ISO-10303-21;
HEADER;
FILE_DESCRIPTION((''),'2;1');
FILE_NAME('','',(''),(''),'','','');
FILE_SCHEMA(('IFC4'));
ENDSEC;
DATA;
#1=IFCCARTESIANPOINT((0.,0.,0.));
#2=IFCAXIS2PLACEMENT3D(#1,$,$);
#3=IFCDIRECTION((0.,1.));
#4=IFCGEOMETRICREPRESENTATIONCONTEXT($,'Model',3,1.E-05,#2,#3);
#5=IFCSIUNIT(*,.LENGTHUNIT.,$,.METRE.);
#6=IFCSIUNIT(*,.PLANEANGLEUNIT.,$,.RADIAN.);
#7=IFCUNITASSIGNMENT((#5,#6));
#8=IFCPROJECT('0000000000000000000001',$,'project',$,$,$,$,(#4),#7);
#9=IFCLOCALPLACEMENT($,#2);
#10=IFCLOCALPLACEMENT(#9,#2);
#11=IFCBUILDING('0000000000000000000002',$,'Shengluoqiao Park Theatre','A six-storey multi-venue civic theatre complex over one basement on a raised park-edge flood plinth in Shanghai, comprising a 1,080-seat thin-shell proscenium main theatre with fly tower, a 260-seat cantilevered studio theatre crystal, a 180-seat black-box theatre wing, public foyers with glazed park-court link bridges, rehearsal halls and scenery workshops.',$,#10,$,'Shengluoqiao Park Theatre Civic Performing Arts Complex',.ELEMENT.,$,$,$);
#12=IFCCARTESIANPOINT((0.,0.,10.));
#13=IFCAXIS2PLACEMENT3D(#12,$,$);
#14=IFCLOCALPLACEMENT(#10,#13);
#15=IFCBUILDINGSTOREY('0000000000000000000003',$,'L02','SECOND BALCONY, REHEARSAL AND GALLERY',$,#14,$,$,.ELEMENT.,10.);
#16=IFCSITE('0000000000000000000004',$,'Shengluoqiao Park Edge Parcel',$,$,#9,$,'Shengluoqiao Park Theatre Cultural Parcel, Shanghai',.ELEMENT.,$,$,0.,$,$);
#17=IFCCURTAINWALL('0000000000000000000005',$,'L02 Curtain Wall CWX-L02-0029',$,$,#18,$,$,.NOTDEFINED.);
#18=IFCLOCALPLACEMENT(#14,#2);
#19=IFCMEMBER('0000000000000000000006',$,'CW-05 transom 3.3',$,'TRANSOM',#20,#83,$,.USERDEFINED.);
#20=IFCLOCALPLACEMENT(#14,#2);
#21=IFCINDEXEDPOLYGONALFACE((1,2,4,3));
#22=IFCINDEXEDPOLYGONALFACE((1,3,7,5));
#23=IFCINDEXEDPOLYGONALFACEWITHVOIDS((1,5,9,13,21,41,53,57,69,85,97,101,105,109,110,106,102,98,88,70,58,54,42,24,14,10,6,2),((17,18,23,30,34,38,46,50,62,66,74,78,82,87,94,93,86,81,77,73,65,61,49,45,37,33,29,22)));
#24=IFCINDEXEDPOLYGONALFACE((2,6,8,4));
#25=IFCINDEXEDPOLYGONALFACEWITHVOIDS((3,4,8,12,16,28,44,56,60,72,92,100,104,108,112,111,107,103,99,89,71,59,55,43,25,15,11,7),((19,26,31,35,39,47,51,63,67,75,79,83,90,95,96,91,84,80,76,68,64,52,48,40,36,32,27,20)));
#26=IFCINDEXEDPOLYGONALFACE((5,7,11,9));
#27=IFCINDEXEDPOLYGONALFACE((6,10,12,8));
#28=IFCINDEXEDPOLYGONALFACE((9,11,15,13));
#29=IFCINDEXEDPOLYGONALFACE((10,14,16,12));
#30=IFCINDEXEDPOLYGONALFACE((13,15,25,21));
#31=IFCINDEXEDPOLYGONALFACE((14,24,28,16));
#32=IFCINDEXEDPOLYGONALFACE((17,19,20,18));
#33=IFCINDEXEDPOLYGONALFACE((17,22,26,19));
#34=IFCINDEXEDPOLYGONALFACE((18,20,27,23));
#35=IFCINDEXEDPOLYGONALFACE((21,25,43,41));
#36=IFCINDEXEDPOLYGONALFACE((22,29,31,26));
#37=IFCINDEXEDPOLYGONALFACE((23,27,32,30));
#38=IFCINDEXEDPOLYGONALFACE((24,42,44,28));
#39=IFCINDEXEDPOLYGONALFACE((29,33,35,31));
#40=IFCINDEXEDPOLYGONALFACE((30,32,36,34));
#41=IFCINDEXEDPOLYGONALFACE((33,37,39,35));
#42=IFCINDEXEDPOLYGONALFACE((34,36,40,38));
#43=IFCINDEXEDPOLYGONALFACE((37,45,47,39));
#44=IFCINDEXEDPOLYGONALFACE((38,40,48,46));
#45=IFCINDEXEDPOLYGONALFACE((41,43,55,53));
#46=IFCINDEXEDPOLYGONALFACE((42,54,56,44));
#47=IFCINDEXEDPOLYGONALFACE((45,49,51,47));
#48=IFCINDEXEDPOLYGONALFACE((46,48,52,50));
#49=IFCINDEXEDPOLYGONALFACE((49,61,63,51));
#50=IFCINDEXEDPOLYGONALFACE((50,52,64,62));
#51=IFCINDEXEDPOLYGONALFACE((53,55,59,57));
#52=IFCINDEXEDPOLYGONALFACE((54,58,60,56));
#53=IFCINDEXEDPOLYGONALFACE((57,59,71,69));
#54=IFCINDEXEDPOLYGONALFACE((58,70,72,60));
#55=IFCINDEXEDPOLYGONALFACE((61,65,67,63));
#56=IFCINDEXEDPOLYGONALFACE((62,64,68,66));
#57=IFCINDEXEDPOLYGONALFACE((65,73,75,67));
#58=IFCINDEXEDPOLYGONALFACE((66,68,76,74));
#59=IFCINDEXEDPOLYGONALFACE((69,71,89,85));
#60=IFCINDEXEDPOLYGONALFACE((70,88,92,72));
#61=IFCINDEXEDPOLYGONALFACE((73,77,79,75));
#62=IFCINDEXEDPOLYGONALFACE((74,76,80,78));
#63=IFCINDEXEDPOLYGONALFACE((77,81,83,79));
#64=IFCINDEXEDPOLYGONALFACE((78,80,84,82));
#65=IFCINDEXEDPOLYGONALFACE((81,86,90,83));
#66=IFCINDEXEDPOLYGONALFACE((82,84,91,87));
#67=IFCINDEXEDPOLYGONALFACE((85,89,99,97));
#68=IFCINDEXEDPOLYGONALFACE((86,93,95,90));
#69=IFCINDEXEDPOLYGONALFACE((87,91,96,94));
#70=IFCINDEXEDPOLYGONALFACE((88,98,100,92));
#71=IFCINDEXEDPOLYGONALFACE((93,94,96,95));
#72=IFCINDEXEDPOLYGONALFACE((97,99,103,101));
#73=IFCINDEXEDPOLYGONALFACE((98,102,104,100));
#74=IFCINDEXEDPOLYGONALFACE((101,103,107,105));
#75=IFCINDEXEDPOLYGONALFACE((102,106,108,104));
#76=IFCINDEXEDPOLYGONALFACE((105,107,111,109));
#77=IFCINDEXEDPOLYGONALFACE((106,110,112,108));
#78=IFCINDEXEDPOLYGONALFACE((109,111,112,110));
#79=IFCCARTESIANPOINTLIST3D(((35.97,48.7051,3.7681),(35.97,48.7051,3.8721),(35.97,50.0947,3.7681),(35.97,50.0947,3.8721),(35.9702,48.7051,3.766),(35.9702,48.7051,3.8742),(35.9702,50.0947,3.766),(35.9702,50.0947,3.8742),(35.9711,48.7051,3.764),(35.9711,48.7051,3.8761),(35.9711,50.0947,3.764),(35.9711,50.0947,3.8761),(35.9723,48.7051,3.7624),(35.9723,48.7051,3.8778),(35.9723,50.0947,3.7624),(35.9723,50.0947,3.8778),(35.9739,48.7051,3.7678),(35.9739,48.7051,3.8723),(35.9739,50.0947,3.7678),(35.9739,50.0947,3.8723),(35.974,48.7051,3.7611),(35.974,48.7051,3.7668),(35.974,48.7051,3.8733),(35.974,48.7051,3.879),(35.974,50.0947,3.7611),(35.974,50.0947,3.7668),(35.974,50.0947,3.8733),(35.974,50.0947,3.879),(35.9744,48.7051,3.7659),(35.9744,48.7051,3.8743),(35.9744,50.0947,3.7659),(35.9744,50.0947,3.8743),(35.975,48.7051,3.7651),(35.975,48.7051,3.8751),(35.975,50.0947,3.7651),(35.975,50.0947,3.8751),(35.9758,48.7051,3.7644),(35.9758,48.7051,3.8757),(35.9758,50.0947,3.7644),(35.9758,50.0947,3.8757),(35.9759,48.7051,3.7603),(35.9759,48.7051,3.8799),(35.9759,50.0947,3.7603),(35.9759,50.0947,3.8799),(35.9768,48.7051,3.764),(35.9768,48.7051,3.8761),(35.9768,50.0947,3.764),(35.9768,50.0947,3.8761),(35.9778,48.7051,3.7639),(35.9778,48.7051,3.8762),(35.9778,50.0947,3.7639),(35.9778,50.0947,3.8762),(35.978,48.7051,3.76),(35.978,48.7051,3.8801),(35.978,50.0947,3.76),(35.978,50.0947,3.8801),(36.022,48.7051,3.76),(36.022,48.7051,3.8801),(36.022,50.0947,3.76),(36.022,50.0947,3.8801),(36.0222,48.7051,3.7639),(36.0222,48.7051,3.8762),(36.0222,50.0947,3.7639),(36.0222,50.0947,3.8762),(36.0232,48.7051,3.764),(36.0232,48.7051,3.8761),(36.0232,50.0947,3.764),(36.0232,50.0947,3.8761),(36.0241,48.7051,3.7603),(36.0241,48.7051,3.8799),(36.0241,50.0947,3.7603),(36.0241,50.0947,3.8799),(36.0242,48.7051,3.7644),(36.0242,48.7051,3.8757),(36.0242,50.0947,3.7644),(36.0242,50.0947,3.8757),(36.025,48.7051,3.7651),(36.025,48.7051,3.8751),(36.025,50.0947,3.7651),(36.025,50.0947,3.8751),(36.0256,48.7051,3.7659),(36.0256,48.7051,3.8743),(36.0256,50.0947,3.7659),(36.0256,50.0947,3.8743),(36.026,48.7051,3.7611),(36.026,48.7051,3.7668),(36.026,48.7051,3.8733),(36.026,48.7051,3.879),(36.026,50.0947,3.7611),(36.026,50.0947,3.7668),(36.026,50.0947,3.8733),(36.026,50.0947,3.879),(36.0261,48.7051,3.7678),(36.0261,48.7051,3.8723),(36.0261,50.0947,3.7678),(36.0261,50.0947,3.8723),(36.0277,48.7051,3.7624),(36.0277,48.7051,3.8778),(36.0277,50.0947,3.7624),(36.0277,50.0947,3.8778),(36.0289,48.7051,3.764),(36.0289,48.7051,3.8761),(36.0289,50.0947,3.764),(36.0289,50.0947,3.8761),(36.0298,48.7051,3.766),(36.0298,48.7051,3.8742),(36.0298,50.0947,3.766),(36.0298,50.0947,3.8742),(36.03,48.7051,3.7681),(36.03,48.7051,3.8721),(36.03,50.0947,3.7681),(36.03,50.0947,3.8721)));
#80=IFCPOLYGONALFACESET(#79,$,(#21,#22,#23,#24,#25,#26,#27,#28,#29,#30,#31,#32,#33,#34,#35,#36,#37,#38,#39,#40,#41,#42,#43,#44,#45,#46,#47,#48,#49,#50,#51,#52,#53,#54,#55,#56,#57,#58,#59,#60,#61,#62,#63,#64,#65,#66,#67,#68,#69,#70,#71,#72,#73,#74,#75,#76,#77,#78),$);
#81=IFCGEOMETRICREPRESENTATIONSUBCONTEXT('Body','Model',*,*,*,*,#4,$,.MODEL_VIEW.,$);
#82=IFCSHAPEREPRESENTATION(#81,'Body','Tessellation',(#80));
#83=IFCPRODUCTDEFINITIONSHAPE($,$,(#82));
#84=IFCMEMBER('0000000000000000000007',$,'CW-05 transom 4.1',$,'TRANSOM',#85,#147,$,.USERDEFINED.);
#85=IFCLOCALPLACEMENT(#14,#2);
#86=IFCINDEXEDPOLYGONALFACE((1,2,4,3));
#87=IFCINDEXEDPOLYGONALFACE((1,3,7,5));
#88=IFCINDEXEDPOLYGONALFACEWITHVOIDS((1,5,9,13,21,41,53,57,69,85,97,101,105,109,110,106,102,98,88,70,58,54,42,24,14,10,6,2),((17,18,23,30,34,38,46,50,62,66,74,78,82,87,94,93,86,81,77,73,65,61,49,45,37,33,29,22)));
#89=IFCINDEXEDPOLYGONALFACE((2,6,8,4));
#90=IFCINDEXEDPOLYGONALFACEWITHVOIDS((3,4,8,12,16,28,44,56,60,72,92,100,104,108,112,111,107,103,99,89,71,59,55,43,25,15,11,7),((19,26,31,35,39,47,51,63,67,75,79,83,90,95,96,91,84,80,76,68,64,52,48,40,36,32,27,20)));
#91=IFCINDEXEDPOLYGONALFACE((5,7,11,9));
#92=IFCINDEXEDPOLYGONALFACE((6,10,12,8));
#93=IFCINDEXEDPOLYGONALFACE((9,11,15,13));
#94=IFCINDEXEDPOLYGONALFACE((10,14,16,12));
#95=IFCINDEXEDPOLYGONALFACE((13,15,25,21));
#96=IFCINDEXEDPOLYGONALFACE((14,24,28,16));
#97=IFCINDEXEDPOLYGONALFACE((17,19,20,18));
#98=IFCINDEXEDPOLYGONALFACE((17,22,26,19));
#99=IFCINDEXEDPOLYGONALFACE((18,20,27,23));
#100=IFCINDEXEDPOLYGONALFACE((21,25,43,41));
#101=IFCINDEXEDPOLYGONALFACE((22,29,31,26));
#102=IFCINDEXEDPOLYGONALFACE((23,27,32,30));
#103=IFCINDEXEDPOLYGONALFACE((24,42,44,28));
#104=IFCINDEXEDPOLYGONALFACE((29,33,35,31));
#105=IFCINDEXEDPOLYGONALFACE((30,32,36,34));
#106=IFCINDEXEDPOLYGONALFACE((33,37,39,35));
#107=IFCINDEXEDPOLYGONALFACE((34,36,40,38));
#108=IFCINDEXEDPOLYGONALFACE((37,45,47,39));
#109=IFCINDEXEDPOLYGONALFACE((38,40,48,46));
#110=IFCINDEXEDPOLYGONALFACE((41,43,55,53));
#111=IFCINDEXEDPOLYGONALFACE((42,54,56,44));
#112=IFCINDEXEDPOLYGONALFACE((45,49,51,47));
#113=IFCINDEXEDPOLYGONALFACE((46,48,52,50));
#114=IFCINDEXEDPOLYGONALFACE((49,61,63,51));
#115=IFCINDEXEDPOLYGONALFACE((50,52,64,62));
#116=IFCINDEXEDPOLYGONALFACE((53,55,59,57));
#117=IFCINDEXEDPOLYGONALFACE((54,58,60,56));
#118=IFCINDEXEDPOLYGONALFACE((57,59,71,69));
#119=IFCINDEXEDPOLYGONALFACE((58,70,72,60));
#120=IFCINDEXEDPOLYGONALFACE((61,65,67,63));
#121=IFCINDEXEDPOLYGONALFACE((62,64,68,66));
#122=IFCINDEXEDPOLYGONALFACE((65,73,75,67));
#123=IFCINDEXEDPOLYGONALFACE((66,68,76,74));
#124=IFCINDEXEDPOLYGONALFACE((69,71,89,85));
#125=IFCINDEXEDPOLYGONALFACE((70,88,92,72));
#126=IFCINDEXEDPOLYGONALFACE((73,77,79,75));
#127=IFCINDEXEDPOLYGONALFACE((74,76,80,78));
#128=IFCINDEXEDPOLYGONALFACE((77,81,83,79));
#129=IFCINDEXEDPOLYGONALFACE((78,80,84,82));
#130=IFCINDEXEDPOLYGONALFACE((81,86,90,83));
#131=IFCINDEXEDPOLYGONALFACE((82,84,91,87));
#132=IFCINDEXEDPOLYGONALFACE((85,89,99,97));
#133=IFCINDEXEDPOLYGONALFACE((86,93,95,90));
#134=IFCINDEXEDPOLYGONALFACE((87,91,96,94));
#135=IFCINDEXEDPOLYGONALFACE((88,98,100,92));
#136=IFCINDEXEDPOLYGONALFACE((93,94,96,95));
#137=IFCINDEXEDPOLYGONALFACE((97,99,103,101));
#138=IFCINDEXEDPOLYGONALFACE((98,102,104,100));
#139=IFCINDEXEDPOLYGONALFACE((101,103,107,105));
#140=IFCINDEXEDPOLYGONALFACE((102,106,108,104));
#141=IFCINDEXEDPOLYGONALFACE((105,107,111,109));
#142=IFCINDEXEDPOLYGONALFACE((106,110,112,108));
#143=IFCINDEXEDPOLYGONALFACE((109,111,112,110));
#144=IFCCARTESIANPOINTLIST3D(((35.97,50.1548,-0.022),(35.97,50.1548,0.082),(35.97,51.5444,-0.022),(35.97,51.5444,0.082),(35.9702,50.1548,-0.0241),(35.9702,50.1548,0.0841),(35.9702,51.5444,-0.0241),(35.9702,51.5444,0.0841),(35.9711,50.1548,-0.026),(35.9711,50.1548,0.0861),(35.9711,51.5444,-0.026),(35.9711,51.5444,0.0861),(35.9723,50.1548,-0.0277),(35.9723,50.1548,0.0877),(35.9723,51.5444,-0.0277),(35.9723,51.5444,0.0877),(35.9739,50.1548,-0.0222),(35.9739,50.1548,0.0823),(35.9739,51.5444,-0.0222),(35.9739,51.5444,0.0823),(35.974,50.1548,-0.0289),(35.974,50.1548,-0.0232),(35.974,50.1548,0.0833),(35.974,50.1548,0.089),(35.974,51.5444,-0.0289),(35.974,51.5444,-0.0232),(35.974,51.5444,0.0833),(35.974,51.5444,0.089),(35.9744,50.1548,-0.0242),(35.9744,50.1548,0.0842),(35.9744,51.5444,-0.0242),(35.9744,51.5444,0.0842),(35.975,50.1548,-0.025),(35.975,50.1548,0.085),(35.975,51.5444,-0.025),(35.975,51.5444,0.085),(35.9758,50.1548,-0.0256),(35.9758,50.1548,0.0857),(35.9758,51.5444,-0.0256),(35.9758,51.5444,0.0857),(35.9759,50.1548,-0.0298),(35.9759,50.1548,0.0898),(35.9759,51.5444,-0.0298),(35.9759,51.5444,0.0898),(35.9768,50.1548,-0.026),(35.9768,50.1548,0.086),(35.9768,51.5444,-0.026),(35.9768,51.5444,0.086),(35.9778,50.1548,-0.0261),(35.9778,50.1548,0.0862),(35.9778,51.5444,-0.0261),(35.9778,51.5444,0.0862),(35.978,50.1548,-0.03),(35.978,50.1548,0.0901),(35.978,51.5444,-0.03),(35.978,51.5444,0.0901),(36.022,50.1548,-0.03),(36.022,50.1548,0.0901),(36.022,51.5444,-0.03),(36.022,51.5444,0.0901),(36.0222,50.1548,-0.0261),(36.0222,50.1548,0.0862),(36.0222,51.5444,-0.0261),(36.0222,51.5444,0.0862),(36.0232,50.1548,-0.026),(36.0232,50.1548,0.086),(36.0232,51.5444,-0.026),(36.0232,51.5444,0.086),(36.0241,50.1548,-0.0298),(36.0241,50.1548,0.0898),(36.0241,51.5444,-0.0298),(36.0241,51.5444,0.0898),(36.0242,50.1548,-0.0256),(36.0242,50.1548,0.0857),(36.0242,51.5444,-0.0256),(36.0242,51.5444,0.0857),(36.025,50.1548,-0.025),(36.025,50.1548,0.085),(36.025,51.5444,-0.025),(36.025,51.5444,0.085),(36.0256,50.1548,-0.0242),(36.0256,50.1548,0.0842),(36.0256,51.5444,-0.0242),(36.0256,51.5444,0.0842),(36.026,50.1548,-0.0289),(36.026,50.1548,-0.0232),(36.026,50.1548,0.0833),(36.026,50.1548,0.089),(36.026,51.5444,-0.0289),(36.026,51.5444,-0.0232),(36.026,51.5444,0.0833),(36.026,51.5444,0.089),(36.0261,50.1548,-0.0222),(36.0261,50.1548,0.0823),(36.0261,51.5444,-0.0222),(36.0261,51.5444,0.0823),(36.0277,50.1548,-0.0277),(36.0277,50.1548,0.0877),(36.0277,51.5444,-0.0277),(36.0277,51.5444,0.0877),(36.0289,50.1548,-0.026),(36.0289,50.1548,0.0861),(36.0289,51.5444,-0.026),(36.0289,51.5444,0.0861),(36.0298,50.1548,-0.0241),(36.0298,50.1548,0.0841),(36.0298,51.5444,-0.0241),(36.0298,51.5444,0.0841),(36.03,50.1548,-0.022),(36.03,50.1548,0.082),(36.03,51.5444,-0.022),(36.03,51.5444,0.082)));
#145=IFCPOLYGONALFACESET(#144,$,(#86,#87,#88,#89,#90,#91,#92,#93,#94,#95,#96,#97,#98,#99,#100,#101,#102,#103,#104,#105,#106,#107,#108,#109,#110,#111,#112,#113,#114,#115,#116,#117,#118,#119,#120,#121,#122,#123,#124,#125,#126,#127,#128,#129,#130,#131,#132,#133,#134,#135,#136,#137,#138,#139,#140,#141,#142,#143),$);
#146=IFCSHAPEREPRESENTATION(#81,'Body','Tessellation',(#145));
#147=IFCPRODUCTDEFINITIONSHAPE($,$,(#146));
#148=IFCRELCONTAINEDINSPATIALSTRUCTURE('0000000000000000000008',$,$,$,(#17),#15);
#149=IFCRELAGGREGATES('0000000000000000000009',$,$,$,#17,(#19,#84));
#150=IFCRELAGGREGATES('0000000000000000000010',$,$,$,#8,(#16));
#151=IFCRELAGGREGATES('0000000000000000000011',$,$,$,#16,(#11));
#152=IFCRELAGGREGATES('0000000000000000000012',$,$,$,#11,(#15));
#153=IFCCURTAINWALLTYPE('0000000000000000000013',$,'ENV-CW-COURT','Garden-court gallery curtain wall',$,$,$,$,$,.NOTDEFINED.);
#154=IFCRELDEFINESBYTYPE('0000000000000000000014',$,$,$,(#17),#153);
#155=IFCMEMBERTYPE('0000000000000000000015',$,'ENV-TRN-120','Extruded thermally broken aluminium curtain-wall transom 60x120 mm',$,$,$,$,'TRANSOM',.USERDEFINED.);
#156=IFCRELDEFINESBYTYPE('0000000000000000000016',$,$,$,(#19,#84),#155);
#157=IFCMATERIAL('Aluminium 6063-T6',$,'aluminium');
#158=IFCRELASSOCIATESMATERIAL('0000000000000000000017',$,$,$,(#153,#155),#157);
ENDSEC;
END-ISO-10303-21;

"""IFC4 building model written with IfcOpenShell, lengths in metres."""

from ifc_helpers import new_model, si_unit, direction, frame, origin, origin_2d, place, context, subcontext, project, spatial, hollow_rectangle, extrude, material, material_profile, profile_set, type_object, element, aggregate, save


model = new_model("IFC4")

# Units and contexts
model_context = context("Model", 3, precision=1e-05, world=origin(), true_north=direction((0.0, 1.0)))
body_context = subcontext(model_context, "Body", "Model", "MODEL_VIEW")
ifc_project = project(units=[si_unit("LENGTHUNIT", "METRE"), si_unit("PLANEANGLEUNIT", "RADIAN")], contexts=[model_context])

# Site, building, storey
site_placement = place(None, origin())
site = spatial("IfcSite", under=ifc_project, at=site_placement, Name="Shengluoqiao Park Edge Parcel", LongName="Shengluoqiao Park Theatre Cultural Parcel, Shanghai", CompositionType="ELEMENT", RefElevation=0.0)
building_placement = place(site_placement, origin())
building = spatial("IfcBuilding", under=site, at=building_placement, Name="Shengluoqiao Park Theatre", Description="A six-storey multi-venue civic theatre complex over one basement on a raised park-edge flood plinth in Shanghai, comprising a 1,080-seat thin-shell proscenium main theatre with fly tower, a 260-seat cantilevered studio theatre crystal, a 180-seat black-box theatre wing, public foyers with glazed park-court link bridges, rehearsal halls and scenery workshops.", LongName="Shengluoqiao Park Theatre Civic Performing Arts Complex", CompositionType="ELEMENT")
storey_placement = place(building_placement, frame((0.0, 0.0, 10.0)))
storey = spatial("IfcBuildingStorey", under=building, at=storey_placement, Name="L02", Description="SECOND BALCONY, REHEARSAL AND GALLERY", CompositionType="ELEMENT", Elevation=10.0)

# Curtain wall, members
ifc_material_1 = material(Name="Aluminium 6063-T6", Category="aluminium")
curtain_wall_type = type_object("IfcCurtainWallType", Name="ENV-CW-COURT", Description="Garden-court gallery curtain wall", PredefinedType="NOTDEFINED", material=ifc_material_1)
curtain_wall_placement = place(storey_placement, origin())
curtain_wall = element("IfcCurtainWall", 1, at=curtain_wall_placement, inside=storey, type_object=curtain_wall_type, Name="L02 Curtain Wall CWX-L02-0029", PredefinedType="NOTDEFINED")
ifc_material_profile_1 = material_profile(ifc_material_1, hollow_rectangle(XDim=0.0601, YDim=0.1201, WallThickness=0.0039, InnerFilletRadius=0.0039, OuterFilletRadius=0.0081, at=origin_2d()), Name="ALU TRANSOM 120x60x4")
ifc_profile_set_1 = profile_set([ifc_material_profile_1], Name="Aluminium 6063-T6")
member_type_1 = type_object("IfcMemberType", Name="ENV-TRN-120", Description="Extruded thermally broken aluminium curtain-wall transom 60x120 mm", ElementType="TRANSOM", PredefinedType="USERDEFINED", material=ifc_profile_set_1)
member_1_placement = place(storey_placement, frame((36.0, 48.7051, 3.8201), z_axis=(0.0, 1.0, 0.0), x_axis=(-1.0, 0.0, 0.0)))
member_1 = element("IfcMember", 2, at=member_1_placement, type_object=member_type_1, Name="CW-05 transom 3.3", ObjectType="TRANSOM", PredefinedType="USERDEFINED", context=body_context, shape_type="SweptSolid", body=[
    extrude(hollow_rectangle(XDim=0.0601, YDim=0.1201, WallThickness=0.0039, InnerFilletRadius=0.0039, OuterFilletRadius=0.0081, at=origin_2d()), origin(), (0.0, 0.0, 1.0), 1.3896),
])
member_2_placement = place(storey_placement, frame((36.0, 50.1548, 0.03), z_axis=(0.0, 1.0, 0.0), x_axis=(-1.0, 0.0, 0.0)))
member_2 = element("IfcMember", 3, at=member_2_placement, type_object=member_type_1, Name="CW-05 transom 4.1", ObjectType="TRANSOM", PredefinedType="USERDEFINED", context=body_context, shape_type="SweptSolid", body=[
    extrude(hollow_rectangle(XDim=0.0601, YDim=0.1201, WallThickness=0.0039, InnerFilletRadius=0.0039, OuterFilletRadius=0.0081, at=origin_2d()), origin(), (0.0, 0.0, 1.0), 1.3896),
])
aggregate(curtain_wall, [member_1, member_2])

save(model, "model.ifc")
